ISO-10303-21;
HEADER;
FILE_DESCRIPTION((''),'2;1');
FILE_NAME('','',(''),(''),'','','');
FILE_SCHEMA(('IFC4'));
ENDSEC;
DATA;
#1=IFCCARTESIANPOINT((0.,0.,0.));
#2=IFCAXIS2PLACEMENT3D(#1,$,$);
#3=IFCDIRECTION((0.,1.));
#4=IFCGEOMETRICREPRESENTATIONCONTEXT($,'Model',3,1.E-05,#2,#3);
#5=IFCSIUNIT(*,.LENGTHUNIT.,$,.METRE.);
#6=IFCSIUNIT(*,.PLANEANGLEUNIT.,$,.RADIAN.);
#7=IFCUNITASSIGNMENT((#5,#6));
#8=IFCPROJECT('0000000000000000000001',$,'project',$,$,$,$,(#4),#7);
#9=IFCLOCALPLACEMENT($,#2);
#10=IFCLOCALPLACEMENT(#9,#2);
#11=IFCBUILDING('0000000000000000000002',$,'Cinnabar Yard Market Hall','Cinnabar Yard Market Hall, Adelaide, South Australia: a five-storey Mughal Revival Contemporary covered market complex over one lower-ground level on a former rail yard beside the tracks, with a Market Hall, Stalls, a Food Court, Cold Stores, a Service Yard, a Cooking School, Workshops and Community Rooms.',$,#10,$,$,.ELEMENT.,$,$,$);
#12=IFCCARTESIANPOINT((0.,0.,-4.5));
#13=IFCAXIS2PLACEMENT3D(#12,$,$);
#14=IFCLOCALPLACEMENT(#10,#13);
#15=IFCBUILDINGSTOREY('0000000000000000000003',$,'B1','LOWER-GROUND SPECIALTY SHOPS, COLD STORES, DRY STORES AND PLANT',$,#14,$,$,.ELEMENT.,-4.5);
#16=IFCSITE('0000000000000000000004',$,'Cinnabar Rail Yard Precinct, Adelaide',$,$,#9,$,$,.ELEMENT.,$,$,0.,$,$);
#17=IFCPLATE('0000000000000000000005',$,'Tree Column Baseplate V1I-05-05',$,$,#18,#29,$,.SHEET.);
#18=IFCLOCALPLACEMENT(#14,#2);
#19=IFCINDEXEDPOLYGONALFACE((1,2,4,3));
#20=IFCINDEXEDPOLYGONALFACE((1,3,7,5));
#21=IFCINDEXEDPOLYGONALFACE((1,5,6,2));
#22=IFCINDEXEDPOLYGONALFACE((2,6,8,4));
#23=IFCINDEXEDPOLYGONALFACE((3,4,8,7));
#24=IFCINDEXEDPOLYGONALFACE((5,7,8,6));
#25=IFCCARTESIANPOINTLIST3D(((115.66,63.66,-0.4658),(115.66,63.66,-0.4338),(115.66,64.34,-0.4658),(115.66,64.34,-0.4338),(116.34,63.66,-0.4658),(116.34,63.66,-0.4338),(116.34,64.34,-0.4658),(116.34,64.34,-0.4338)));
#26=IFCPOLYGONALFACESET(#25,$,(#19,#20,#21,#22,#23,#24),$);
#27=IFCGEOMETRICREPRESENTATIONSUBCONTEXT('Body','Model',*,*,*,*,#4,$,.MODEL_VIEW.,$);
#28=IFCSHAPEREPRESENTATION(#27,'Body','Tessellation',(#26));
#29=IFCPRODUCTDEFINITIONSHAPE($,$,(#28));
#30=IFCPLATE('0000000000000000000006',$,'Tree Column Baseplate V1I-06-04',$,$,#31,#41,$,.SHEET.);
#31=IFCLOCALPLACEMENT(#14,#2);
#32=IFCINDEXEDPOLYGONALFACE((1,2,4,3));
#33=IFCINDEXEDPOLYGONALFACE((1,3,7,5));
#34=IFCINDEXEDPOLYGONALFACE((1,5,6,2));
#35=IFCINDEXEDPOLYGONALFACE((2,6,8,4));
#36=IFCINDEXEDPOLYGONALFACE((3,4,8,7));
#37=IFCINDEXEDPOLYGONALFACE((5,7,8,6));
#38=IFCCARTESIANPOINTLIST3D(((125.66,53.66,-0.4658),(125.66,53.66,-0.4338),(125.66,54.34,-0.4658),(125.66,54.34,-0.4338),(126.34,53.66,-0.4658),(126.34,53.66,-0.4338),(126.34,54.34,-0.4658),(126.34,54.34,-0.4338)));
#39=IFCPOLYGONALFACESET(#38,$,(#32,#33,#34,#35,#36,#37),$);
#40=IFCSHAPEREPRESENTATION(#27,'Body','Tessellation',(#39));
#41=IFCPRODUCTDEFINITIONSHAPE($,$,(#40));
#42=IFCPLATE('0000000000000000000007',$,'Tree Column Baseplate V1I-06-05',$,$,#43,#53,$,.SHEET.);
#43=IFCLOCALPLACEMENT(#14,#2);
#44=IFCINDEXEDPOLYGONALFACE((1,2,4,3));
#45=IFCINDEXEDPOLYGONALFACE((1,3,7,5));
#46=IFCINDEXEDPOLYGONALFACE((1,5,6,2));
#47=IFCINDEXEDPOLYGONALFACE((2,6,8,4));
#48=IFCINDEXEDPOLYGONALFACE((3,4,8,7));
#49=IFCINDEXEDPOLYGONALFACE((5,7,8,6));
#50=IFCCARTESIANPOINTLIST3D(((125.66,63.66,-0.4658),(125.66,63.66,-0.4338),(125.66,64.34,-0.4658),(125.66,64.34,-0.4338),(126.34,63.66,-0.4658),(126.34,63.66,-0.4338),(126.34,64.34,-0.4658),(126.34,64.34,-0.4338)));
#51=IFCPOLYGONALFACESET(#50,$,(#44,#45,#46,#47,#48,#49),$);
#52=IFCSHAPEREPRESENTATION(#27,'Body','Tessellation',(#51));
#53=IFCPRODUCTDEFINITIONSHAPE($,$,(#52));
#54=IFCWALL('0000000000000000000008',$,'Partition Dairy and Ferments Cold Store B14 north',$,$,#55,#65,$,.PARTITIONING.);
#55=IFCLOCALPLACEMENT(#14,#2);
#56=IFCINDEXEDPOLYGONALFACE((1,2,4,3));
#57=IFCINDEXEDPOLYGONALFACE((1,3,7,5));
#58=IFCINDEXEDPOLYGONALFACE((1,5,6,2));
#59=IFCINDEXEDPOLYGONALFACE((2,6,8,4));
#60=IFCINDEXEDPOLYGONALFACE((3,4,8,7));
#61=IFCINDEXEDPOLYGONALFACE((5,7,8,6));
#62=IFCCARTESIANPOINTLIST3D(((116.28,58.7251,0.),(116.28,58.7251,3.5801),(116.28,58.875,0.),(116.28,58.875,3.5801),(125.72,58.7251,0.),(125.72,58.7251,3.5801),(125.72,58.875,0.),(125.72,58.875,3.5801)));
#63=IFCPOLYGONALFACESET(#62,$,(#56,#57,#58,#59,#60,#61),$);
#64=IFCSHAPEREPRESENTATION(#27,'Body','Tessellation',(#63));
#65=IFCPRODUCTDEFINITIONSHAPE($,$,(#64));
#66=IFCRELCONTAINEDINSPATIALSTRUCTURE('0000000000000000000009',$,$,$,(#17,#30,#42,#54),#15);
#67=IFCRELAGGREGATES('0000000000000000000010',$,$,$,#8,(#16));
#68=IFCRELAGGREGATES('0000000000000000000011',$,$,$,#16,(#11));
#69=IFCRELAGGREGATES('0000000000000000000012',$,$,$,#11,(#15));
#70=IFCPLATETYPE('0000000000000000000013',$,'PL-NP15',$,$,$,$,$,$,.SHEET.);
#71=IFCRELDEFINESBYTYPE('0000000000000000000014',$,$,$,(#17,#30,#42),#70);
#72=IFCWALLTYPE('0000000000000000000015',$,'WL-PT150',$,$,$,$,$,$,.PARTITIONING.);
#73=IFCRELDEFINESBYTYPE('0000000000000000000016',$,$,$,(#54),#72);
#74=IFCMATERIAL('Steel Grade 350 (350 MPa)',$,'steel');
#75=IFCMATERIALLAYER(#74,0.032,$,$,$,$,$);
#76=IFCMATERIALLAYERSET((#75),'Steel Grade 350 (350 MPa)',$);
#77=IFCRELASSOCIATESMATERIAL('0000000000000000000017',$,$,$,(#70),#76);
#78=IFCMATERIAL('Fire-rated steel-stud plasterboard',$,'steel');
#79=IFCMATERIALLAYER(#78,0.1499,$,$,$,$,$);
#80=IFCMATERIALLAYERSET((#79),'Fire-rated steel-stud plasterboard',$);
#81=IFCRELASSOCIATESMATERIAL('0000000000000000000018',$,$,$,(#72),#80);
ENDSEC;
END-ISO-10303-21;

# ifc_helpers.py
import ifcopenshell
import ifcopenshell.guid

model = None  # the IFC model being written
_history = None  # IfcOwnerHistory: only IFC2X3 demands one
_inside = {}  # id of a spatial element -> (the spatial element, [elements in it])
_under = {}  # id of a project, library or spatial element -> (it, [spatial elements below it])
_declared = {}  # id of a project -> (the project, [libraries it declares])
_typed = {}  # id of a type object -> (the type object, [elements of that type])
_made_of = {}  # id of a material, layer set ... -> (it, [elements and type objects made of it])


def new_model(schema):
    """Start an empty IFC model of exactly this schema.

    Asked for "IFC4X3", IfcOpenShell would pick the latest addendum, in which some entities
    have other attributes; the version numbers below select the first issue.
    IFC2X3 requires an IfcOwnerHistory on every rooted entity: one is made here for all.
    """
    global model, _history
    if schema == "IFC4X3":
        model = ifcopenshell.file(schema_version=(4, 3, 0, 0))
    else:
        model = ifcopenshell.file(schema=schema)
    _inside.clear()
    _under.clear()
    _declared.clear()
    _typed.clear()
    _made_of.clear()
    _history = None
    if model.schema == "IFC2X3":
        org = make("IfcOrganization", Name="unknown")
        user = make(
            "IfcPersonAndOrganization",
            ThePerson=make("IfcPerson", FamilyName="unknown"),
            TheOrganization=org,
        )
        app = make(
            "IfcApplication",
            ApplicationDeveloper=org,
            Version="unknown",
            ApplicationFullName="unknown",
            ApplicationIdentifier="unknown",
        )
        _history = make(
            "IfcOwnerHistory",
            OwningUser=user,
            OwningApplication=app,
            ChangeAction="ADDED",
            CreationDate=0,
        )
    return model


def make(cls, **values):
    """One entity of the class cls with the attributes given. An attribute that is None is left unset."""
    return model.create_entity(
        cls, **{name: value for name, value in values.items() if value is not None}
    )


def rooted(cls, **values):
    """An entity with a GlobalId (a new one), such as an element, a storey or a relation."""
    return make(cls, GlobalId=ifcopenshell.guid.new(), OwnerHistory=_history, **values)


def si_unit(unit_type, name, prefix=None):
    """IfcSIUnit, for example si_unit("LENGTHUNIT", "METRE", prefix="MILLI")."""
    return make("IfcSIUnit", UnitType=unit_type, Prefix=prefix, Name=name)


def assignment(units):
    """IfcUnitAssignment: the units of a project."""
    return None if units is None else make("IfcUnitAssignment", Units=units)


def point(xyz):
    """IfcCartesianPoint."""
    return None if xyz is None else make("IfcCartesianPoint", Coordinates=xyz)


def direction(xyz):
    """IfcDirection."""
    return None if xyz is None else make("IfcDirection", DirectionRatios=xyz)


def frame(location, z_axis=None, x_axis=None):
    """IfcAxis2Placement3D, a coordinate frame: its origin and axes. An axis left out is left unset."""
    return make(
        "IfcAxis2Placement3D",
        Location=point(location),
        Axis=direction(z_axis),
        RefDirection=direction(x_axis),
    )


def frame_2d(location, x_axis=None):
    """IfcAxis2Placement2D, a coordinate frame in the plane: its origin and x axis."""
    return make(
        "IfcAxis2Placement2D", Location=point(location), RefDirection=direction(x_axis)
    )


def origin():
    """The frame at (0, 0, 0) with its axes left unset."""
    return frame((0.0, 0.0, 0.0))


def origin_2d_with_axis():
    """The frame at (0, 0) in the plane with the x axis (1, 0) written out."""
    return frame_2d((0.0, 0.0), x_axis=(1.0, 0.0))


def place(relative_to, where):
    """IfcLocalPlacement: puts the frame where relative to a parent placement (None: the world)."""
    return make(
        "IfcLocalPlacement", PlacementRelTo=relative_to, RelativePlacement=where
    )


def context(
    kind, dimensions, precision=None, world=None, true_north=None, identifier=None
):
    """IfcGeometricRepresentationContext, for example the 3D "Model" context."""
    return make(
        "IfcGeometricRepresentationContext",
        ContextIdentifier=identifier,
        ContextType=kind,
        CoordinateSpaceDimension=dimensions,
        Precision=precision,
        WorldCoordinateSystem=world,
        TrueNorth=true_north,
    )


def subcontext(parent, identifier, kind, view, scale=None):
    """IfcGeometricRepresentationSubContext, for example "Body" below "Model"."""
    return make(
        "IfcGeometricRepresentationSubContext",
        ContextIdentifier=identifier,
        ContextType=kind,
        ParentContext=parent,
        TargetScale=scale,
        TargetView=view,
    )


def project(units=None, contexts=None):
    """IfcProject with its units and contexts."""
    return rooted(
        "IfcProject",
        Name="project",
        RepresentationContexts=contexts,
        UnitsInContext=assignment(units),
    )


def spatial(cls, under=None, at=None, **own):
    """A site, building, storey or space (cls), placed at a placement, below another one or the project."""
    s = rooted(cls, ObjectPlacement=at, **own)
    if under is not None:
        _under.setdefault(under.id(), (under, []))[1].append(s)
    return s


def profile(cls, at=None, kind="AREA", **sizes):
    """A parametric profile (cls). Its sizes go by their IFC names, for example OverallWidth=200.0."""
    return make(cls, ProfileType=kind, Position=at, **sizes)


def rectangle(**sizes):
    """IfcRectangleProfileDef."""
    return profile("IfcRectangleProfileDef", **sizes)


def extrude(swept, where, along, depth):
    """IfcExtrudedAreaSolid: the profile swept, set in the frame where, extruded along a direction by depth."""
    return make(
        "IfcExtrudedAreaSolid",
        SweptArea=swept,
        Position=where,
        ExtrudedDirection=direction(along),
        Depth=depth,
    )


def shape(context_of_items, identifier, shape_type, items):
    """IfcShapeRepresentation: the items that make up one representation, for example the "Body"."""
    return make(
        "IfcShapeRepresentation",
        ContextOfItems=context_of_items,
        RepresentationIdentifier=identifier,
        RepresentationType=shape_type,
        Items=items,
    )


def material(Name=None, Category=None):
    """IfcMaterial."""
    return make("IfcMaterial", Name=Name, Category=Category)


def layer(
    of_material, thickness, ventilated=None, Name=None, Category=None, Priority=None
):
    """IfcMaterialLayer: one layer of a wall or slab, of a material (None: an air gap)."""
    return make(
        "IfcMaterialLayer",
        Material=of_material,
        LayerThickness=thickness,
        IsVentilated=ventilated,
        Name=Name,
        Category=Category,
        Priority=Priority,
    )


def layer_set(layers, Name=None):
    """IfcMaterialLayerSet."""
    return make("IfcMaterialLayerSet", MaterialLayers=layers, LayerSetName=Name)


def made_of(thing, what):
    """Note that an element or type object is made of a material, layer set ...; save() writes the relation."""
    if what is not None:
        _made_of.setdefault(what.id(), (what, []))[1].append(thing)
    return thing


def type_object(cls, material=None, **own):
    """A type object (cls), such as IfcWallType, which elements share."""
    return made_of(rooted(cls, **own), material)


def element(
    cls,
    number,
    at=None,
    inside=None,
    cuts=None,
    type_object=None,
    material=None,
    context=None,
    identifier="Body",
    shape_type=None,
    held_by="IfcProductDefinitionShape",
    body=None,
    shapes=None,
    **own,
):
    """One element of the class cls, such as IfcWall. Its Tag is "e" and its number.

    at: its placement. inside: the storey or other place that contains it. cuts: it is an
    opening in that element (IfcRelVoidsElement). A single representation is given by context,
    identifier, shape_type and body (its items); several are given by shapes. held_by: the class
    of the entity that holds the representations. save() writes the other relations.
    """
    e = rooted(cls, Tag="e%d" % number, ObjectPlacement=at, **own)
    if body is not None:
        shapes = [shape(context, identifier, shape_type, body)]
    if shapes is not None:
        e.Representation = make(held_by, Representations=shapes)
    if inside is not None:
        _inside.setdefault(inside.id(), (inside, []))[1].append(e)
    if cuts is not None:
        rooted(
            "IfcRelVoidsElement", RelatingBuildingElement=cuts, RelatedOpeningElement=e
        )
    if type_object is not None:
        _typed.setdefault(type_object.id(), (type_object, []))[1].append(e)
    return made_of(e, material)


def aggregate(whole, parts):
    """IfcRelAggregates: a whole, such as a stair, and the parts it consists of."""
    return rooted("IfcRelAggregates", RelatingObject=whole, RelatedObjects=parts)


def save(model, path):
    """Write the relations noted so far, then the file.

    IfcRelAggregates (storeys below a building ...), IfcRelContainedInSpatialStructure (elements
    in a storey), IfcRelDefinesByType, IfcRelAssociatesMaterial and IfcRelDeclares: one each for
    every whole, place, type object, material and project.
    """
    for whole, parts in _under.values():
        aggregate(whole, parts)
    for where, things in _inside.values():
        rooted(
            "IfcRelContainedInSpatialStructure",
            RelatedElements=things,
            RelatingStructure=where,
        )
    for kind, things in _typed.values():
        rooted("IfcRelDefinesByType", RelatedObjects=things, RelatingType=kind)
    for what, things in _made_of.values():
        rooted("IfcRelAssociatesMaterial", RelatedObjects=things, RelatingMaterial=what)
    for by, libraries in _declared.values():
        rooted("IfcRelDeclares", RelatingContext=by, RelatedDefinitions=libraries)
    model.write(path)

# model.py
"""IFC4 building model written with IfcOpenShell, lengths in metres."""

from ifc_helpers import new_model, si_unit, direction, frame, frame_2d, origin, origin_2d_with_axis, place, context, subcontext, project, spatial, rectangle, extrude, material, layer, layer_set, type_object, element, save


model = new_model("IFC4")

# Units and contexts
model_context = context("Model", 3, precision=1e-05, world=origin(), true_north=direction((0.0, 1.0)))
body_context = subcontext(model_context, "Body", "Model", "MODEL_VIEW")
ifc_project = project(units=[si_unit("LENGTHUNIT", "METRE"), si_unit("PLANEANGLEUNIT", "RADIAN")], contexts=[model_context])

# Site, building, storey
site_placement = place(None, origin())
site = spatial("IfcSite", under=ifc_project, at=site_placement, Name="Cinnabar Rail Yard Precinct, Adelaide", CompositionType="ELEMENT", RefElevation=0.0)
building_placement = place(site_placement, origin())
building = spatial("IfcBuilding", under=site, at=building_placement, Name="Cinnabar Yard Market Hall", Description="Cinnabar Yard Market Hall, Adelaide, South Australia: a five-storey Mughal Revival Contemporary covered market complex over one lower-ground level on a former rail yard beside the tracks, with a Market Hall, Stalls, a Food Court, Cold Stores, a Service Yard, a Cooking School, Workshops and Community Rooms.", CompositionType="ELEMENT")
storey_placement = place(building_placement, frame((0.0, 0.0, -4.5)))
storey = spatial("IfcBuildingStorey", under=building, at=storey_placement, Name="B1", Description="LOWER-GROUND SPECIALTY SHOPS, COLD STORES, DRY STORES AND PLANT", CompositionType="ELEMENT", Elevation=-4.5)

# Plates
ifc_material_1 = material(Name="Steel Grade 350 (350 MPa)", Category="steel")
ifc_layer_1 = layer(ifc_material_1, 0.032)
ifc_layer_set_1 = layer_set([ifc_layer_1], Name="Steel Grade 350 (350 MPa)")
plate_type = type_object("IfcPlateType", Name="PL-NP15", PredefinedType="SHEET", material=ifc_layer_set_1)
for number, where, z_axis, x_axis, name in (
    (1, (116.0, 64.0, -0.4658), (0.0, 0.0, 1.0), (1.0, 0.0, 0.0), "Tree Column Baseplate V1I-05-05"),
    (2, (126.0, 54.0, -0.4658), (0.0, 0.0, 1.0), (1.0, 0.0, 0.0), "Tree Column Baseplate V1I-06-04"),
    (3, (126.0, 64.0, -0.4658), (0.0, 0.0, 1.0), (1.0, 0.0, 0.0), "Tree Column Baseplate V1I-06-05"),
):
    element("IfcPlate", number, at=place(storey_placement, frame(where, z_axis=z_axis, x_axis=x_axis)), inside=storey, type_object=plate_type, Name=name, PredefinedType="SHEET", context=body_context, shape_type="SweptSolid", body=[
        extrude(rectangle(XDim=0.6799, YDim=0.6799, at=origin_2d_with_axis()), origin(), (0.0, 0.0, 1.0), 0.032),
    ])

# Wall
ifc_material_2 = material(Name="Fire-rated steel-stud plasterboard", Category="steel")
ifc_layer_2 = layer(ifc_material_2, 0.1499)
ifc_layer_set_2 = layer_set([ifc_layer_2], Name="Fire-rated steel-stud plasterboard")
wall_type = type_object("IfcWallType", Name="WL-PT150", PredefinedType="PARTITIONING", material=ifc_layer_set_2)
wall_placement = place(storey_placement, frame((125.72, 58.8, 0.0), z_axis=(0.0, 0.0, 1.0), x_axis=(-1.0, 0.0, 0.0)))
element("IfcWall", 4, at=wall_placement, inside=storey, type_object=wall_type, Name="Partition Dairy and Ferments Cold Store B14 north", PredefinedType="PARTITIONING", context=body_context, shape_type="SweptSolid", body=[
    extrude(rectangle(XDim=9.4399, YDim=0.1499, at=frame_2d((4.72, 0.0), x_axis=(1.0, 0.0))), origin(), (0.0, 0.0, 1.0), 3.5801),
])

save(model, "model.ifc")
